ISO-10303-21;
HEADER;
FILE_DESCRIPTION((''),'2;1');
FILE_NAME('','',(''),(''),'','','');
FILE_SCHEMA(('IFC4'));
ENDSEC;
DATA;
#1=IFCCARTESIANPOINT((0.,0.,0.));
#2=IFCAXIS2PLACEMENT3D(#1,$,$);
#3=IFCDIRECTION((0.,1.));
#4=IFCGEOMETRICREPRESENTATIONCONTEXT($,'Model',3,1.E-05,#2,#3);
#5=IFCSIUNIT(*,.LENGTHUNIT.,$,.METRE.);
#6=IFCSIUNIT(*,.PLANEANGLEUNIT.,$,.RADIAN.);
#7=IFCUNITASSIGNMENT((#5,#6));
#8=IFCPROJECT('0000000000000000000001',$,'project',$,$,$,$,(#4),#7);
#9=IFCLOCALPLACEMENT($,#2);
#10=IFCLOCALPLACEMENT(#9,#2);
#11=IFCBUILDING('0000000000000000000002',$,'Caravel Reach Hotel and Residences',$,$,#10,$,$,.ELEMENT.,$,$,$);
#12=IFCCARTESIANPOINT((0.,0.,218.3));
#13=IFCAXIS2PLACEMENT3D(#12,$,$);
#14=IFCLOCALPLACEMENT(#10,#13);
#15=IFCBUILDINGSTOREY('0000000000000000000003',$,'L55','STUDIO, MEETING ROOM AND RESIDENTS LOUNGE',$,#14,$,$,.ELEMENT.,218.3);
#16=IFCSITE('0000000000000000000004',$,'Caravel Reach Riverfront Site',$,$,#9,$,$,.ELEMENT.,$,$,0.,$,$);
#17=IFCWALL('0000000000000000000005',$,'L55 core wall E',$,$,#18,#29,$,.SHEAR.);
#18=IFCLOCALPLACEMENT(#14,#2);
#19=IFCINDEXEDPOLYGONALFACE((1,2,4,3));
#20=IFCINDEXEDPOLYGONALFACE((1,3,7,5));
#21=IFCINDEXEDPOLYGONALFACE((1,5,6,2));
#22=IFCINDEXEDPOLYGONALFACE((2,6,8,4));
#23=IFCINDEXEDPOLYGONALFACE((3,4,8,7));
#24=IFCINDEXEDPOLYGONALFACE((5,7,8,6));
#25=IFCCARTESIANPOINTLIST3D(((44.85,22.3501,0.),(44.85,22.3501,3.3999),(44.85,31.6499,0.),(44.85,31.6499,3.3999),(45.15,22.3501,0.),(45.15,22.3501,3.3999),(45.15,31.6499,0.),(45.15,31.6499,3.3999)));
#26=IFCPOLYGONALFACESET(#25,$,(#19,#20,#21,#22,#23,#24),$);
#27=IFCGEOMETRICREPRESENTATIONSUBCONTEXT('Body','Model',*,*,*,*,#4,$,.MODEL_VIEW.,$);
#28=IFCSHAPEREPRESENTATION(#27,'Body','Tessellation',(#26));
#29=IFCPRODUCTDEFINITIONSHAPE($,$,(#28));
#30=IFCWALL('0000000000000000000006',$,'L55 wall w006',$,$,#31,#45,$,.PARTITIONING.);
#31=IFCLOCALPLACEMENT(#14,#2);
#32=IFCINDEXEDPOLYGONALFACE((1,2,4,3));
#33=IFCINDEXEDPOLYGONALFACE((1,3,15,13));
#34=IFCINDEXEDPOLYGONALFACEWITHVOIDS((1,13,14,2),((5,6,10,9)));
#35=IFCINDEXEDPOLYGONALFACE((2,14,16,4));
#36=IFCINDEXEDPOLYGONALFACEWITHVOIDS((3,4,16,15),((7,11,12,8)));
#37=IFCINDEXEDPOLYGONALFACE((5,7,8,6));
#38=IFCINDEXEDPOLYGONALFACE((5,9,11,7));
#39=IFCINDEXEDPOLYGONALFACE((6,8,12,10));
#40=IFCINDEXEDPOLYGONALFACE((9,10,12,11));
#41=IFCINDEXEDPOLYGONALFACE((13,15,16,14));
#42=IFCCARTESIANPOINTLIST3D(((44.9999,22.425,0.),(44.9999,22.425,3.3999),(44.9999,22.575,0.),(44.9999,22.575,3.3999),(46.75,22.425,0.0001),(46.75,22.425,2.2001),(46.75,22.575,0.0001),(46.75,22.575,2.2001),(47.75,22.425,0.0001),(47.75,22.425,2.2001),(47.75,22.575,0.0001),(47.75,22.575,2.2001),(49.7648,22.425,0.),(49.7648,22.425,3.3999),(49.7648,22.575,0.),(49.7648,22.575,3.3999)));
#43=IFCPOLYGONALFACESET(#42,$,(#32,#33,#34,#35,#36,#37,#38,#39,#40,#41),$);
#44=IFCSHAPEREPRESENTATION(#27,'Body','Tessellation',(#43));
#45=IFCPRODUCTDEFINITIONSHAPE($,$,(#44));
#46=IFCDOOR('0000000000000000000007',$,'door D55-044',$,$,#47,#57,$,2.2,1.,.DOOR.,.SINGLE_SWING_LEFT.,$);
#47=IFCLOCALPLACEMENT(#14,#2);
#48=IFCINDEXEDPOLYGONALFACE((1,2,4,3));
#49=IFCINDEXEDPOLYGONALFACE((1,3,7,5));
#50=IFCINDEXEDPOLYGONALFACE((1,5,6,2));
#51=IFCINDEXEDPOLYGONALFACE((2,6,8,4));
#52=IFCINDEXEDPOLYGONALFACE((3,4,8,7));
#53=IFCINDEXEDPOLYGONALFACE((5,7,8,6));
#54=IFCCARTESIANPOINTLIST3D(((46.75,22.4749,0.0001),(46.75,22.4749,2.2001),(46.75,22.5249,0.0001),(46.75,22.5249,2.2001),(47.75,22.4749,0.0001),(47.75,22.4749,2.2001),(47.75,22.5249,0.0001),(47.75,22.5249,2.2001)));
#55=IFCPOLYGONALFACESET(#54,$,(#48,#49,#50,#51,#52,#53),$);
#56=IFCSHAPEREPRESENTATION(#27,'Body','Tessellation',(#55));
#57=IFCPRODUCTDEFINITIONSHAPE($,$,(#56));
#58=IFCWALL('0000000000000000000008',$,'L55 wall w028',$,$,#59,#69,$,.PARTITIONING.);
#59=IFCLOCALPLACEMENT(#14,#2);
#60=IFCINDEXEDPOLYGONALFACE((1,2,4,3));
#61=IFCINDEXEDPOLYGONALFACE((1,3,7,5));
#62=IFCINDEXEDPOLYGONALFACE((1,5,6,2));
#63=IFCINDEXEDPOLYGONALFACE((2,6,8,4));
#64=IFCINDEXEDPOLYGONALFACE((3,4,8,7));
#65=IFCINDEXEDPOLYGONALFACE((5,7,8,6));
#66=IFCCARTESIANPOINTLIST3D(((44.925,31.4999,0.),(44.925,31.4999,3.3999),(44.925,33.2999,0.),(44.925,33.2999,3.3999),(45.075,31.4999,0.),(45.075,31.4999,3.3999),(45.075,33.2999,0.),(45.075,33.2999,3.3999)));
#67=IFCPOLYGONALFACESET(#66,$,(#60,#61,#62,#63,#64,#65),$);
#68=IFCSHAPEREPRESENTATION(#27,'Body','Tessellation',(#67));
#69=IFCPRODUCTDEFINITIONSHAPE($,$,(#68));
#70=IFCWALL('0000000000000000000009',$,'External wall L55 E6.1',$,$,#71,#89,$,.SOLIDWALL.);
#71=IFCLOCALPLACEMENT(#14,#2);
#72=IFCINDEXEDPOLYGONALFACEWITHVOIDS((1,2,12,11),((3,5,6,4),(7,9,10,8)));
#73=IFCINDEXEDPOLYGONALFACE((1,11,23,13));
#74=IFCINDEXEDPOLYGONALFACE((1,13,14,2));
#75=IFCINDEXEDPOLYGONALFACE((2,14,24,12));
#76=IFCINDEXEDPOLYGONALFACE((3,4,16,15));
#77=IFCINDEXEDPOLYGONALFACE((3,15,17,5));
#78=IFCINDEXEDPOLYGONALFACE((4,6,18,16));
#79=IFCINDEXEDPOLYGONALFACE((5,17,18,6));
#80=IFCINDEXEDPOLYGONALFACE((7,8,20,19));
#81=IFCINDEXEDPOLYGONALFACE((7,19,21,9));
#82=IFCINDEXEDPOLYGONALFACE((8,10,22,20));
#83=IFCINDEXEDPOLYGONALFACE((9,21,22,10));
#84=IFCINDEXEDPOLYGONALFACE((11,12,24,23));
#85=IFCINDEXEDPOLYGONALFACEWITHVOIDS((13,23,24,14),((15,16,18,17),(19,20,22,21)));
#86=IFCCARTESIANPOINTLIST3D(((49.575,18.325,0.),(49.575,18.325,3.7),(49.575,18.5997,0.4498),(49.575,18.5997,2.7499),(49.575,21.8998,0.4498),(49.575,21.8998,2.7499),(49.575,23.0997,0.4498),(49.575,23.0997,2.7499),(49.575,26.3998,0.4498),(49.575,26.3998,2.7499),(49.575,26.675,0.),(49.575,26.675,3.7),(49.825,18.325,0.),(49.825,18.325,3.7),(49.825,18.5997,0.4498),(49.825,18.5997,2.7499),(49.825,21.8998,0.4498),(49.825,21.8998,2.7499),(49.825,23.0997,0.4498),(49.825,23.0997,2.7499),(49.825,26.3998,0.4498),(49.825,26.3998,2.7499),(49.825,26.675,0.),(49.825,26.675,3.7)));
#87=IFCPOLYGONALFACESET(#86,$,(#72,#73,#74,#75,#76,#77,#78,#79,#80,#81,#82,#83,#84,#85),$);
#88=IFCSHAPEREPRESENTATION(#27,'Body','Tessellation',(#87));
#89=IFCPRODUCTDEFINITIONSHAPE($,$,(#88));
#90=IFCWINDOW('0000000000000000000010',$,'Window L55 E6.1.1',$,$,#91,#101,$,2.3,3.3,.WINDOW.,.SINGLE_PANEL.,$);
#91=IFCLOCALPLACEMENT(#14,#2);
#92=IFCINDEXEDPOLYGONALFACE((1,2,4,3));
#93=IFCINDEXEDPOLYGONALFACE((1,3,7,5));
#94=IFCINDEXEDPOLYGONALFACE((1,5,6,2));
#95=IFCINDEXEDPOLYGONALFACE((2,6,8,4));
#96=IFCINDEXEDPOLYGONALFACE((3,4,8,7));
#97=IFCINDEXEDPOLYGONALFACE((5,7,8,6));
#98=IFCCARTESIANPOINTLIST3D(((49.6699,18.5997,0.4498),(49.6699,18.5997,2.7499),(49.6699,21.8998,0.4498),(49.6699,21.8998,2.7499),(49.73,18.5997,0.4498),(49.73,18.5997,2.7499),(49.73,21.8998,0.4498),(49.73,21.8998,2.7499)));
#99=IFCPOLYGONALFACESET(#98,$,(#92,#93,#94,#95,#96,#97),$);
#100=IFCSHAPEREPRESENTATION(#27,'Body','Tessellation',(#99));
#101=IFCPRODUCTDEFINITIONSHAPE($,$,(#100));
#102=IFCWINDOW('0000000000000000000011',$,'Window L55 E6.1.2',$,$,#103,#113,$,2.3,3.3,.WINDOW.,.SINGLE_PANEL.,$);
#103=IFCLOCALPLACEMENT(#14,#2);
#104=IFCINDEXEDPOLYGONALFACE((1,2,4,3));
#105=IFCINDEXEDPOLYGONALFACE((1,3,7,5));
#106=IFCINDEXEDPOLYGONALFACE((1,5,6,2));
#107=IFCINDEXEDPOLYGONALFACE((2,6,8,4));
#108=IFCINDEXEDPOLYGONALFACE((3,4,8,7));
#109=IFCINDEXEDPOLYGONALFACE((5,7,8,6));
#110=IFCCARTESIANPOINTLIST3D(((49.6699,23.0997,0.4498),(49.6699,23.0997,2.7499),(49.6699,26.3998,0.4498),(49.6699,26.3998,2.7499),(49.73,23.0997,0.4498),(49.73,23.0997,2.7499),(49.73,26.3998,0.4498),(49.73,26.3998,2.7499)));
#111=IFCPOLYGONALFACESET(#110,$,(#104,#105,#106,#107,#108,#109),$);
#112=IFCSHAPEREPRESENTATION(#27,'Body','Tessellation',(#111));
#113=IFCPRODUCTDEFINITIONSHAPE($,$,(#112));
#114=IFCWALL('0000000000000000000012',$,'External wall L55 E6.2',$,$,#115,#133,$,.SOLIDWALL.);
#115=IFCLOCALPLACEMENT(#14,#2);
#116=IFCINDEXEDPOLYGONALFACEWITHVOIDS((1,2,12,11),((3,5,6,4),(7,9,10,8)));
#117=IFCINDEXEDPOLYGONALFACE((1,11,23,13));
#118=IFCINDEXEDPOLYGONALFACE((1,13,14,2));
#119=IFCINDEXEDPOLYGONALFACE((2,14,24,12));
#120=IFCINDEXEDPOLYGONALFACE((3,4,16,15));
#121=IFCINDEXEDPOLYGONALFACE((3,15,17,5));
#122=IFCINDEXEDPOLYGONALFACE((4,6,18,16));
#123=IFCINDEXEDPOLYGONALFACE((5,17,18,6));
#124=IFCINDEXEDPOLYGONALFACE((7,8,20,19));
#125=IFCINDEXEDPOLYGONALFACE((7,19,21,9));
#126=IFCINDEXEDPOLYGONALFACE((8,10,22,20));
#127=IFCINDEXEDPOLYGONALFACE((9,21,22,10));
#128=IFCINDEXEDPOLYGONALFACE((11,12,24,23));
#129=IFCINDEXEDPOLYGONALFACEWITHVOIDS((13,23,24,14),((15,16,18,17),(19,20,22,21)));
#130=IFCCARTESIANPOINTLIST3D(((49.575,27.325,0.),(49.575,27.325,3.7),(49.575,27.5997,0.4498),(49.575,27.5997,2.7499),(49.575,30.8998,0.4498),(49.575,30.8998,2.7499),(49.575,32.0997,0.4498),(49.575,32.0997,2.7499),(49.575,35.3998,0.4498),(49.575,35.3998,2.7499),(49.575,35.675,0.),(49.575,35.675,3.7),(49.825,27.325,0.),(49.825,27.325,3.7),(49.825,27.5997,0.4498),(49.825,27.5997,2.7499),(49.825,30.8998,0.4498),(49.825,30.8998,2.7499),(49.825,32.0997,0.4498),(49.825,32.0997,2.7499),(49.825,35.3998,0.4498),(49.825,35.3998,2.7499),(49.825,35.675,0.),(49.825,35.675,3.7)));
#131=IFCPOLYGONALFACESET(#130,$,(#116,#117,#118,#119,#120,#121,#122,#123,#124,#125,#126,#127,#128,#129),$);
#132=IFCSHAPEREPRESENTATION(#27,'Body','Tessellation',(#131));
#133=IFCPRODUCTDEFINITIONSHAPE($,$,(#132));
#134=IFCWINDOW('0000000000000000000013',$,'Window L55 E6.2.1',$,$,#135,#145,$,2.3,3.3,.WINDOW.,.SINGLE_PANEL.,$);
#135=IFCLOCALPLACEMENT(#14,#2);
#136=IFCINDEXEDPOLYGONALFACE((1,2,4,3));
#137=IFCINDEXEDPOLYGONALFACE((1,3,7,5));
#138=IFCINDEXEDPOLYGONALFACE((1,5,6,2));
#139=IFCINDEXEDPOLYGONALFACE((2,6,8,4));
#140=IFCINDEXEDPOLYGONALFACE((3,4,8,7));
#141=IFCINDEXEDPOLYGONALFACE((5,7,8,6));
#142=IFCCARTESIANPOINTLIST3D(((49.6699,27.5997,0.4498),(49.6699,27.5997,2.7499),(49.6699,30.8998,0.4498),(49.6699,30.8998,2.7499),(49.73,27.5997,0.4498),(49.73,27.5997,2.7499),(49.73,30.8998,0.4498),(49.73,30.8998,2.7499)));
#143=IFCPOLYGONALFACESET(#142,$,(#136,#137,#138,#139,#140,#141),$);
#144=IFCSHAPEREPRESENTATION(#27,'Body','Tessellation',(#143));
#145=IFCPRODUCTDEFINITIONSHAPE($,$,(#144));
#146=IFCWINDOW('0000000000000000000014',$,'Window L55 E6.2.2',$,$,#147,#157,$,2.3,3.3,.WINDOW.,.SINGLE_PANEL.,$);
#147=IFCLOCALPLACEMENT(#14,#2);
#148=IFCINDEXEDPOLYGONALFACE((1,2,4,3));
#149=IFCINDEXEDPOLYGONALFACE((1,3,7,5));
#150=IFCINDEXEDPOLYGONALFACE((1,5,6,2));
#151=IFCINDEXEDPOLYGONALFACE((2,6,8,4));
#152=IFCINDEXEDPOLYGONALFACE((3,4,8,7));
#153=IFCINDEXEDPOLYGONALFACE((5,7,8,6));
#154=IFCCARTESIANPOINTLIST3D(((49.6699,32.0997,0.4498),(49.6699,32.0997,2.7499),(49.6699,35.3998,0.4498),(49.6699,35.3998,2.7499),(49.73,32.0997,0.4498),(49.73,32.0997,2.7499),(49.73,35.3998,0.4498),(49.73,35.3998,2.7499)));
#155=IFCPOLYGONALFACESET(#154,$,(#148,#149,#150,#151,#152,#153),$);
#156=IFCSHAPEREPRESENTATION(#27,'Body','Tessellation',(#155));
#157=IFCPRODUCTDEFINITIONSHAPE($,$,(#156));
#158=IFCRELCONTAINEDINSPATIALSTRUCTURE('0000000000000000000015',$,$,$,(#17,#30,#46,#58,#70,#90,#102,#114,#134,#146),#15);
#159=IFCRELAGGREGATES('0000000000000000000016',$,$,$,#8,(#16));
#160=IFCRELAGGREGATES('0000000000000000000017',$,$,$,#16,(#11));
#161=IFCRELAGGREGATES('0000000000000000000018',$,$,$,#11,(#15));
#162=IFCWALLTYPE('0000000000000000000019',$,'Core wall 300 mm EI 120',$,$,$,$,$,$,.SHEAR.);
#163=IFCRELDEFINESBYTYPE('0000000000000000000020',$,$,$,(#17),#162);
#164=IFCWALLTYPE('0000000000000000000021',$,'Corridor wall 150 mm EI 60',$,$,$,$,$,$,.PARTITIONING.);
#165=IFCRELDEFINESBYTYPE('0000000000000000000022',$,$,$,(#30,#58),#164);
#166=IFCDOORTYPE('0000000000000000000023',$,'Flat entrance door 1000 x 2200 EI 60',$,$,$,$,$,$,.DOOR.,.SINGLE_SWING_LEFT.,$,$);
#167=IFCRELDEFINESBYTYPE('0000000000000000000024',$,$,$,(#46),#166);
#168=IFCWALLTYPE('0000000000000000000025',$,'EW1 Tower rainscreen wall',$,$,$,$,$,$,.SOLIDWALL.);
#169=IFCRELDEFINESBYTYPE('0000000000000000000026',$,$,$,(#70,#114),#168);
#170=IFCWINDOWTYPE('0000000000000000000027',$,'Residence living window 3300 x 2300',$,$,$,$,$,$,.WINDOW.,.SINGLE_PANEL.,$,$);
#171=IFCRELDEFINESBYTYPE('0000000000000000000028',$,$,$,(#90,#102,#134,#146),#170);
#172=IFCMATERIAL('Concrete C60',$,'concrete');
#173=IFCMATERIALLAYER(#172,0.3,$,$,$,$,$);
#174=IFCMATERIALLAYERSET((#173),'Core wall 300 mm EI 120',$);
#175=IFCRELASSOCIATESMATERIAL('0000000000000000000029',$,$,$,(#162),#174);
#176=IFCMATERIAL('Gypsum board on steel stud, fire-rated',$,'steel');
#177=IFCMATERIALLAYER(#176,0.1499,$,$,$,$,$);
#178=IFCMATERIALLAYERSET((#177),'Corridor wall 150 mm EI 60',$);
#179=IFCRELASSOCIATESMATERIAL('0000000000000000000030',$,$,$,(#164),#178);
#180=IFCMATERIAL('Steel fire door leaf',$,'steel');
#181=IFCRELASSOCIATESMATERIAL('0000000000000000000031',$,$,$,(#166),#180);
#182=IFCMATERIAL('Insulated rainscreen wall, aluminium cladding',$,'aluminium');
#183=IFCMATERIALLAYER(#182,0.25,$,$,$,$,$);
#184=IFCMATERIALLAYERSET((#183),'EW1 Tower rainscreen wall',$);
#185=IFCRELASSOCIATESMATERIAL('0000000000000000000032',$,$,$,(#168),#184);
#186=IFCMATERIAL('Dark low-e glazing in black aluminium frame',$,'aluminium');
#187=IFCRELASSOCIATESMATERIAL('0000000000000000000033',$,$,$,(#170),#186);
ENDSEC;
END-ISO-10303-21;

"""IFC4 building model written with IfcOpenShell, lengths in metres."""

from ifc_helpers import new_model, si_unit, direction, frame, frame_2d, origin, place, context, subcontext, project, spatial, rectangle, extrude, material, layer, layer_set, type_object, element, fill, save


model = new_model("IFC4")

# Units and contexts
model_context = context("Model", 3, precision=1e-05, world=origin(), true_north=direction((0.0, 1.0)))
body_context = subcontext(model_context, "Body", "Model", "MODEL_VIEW")
ifc_project = project(units=[si_unit("LENGTHUNIT", "METRE"), si_unit("PLANEANGLEUNIT", "RADIAN")], contexts=[model_context])

# Site, building, storey
site_placement = place(None, origin())
site = spatial("IfcSite", under=ifc_project, at=site_placement, Name="Caravel Reach Riverfront Site", CompositionType="ELEMENT", RefElevation=0.0)
building_placement = place(site_placement, origin())
building = spatial("IfcBuilding", under=site, at=building_placement, Name="Caravel Reach Hotel and Residences", CompositionType="ELEMENT")
storey_placement = place(building_placement, frame((0.0, 0.0, 218.3)))
storey = spatial("IfcBuildingStorey", under=building, at=storey_placement, Name="L55", Description="STUDIO, MEETING ROOM AND RESIDENTS LOUNGE", CompositionType="ELEMENT", Elevation=218.3)

# Wall
ifc_material_1 = material(Name="Concrete C60", Category="concrete")
ifc_layer_1 = layer(ifc_material_1, 0.3)
ifc_layer_set_1 = layer_set([ifc_layer_1], Name="Core wall 300 mm EI 120")
wall_type_1 = type_object("IfcWallType", Name="Core wall 300 mm EI 120", PredefinedType="SHEAR", material=ifc_layer_set_1)
wall_1_placement = place(storey_placement, frame((45.0, 22.3501, 0.0), z_axis=(0.0, 0.0, 1.0), x_axis=(0.0, 1.0, 0.0)))
element("IfcWall", 1, at=wall_1_placement, inside=storey, type_object=wall_type_1, Name="L55 core wall E", PredefinedType="SHEAR", context=body_context, shape_type="SweptSolid", body=[
    extrude(rectangle(XDim=9.2998, YDim=0.3, at=frame_2d((4.6499, 0.0))), origin(), (0.0, 0.0, 1.0), 3.3999),
])

# Wall, opening, door
ifc_material_2 = material(Name="Gypsum board on steel stud, fire-rated", Category="steel")
ifc_layer_2 = layer(ifc_material_2, 0.1499)
ifc_layer_set_2 = layer_set([ifc_layer_2], Name="Corridor wall 150 mm EI 60")
wall_type_2 = type_object("IfcWallType", Name="Corridor wall 150 mm EI 60", PredefinedType="PARTITIONING", material=ifc_layer_set_2)
wall_2_placement = place(storey_placement, frame((45.0, 22.5, 0.0), z_axis=(0.0, 0.0, 1.0), x_axis=(1.0, 0.0, 0.0)))
wall_2 = element("IfcWall", 2, at=wall_2_placement, inside=storey, type_object=wall_type_2, Name="L55 wall w006", PredefinedType="PARTITIONING", context=body_context, shape_type="SweptSolid", body=[
    extrude(rectangle(XDim=4.7649, YDim=0.1499, at=frame_2d((2.3823, 0.0))), origin(), (0.0, 0.0, 1.0), 3.3999),
])
opening_1_placement = place(wall_2_placement, frame((1.75, 0.0, 0.0)))
opening_1 = element("IfcOpeningElement", 3, at=opening_1_placement, cuts=wall_2, PredefinedType="OPENING", context=body_context, shape_type="SweptSolid", body=[
    extrude(rectangle(XDim=1.0, YDim=2.2, at=frame_2d((0.5, 1.1001))), frame((0.0, 0.085, 0.0), z_axis=(0.0, -1.0, 0.0), x_axis=(1.0, 0.0, 0.0)), (0.0, 0.0, 1.0), 0.1699),
])
ifc_material_3 = material(Name="Steel fire door leaf", Category="steel")
door_type_1 = type_object("IfcDoorType", Name="Flat entrance door 1000 x 2200 EI 60", OperationType="SINGLE_SWING_LEFT", PredefinedType="DOOR", material=ifc_material_3)
door_1_placement = place(opening_1_placement, origin())
door_1 = element("IfcDoor", 4, at=door_1_placement, inside=storey, type_object=door_type_1, Name="door D55-044", OperationType="SINGLE_SWING_LEFT", OverallHeight=2.2, OverallWidth=1.0, PredefinedType="DOOR", context=body_context, shape_type="SweptSolid", body=[
    extrude(rectangle(XDim=1.0, YDim=2.2, at=frame_2d((0.5, 1.1001))), frame((0.0, 0.0249, 0.0), z_axis=(0.0, -1.0, 0.0), x_axis=(1.0, 0.0, 0.0)), (0.0, 0.0, 1.0), 0.05),
])
fill(opening_1, door_1)

# Wall
wall_3_placement = place(storey_placement, frame((45.0, 31.5, 0.0), z_axis=(0.0, 0.0, 1.0), x_axis=(0.0, 1.0, 0.0)))
element("IfcWall", 5, at=wall_3_placement, inside=storey, type_object=wall_type_2, Name="L55 wall w028", PredefinedType="PARTITIONING", context=body_context, shape_type="SweptSolid", body=[
    extrude(rectangle(XDim=1.8, YDim=0.1499, at=frame_2d((0.8999, 0.0))), origin(), (0.0, 0.0, 1.0), 3.3999),
])

# Walls, openings, windows
ifc_material_4 = material(Name="Insulated rainscreen wall, aluminium cladding", Category="aluminium")
ifc_layer_3 = layer(ifc_material_4, 0.25)
ifc_layer_set_3 = layer_set([ifc_layer_3], Name="EW1 Tower rainscreen wall")
wall_type_3 = type_object("IfcWallType", Name="EW1 Tower rainscreen wall", PredefinedType="SOLIDWALL", material=ifc_layer_set_3)
wall_4_placement = place(storey_placement, frame((49.7, 18.325, 0.0), z_axis=(0.0, 0.0, 1.0), x_axis=(0.0, 1.0, 0.0)))
wall_4 = element("IfcWall", 6, at=wall_4_placement, inside=storey, type_object=wall_type_3, Name="External wall L55 E6.1", PredefinedType="SOLIDWALL", context=body_context, shape_type="SweptSolid", body=[
    extrude(rectangle(XDim=8.3501, YDim=0.25, at=frame_2d((4.175, 0.0))), origin(), (0.0, 0.0, 1.0), 3.7),
])
opening_2_placement = place(wall_4_placement, frame((0.2749, 0.0, 0.45)))
opening_2 = element("IfcOpeningElement", 7, at=opening_2_placement, cuts=wall_4, PredefinedType="OPENING", context=body_context, shape_type="SweptSolid", body=[
    extrude(rectangle(XDim=3.3, YDim=2.3, at=frame_2d((1.6499, 1.1499))), frame((0.0, 0.135, 0.0), z_axis=(0.0, -1.0, 0.0), x_axis=(1.0, 0.0, 0.0)), (0.0, 0.0, 1.0), 0.27),
])
opening_3_placement = place(wall_4_placement, frame((4.7749, 0.0, 0.45)))
opening_3 = element("IfcOpeningElement", 8, at=opening_3_placement, cuts=wall_4, PredefinedType="OPENING", context=body_context, shape_type="SweptSolid", body=[
    extrude(rectangle(XDim=3.3, YDim=2.3, at=frame_2d((1.6499, 1.1499))), frame((0.0, 0.135, 0.0), z_axis=(0.0, -1.0, 0.0), x_axis=(1.0, 0.0, 0.0)), (0.0, 0.0, 1.0), 0.27),
])
ifc_material_5 = material(Name="Dark low-e glazing in black aluminium frame", Category="aluminium")
window_type = type_object("IfcWindowType", Name="Residence living window 3300 x 2300", PartitioningType="SINGLE_PANEL", PredefinedType="WINDOW", material=ifc_material_5)
window_1_placement = place(opening_2_placement, origin())
window_1 = element("IfcWindow", 9, at=window_1_placement, inside=storey, type_object=window_type, Name="Window L55 E6.1.1", OverallHeight=2.3, OverallWidth=3.3, PartitioningType="SINGLE_PANEL", PredefinedType="WINDOW", context=body_context, shape_type="SweptSolid", body=[
    extrude(rectangle(XDim=3.3, YDim=2.3, at=frame_2d((1.6499, 1.1499))), frame((0.0, 0.03, 0.0), z_axis=(0.0, -1.0, 0.0), x_axis=(1.0, 0.0, 0.0)), (0.0, 0.0, 1.0), 0.0601),
])
fill(opening_2, window_1)
window_2_placement = place(opening_3_placement, origin())
window_2 = element("IfcWindow", 10, at=window_2_placement, inside=storey, type_object=window_type, Name="Window L55 E6.1.2", OverallHeight=2.3, OverallWidth=3.3, PartitioningType="SINGLE_PANEL", PredefinedType="WINDOW", context=body_context, shape_type="SweptSolid", body=[
    extrude(rectangle(XDim=3.3, YDim=2.3, at=frame_2d((1.6499, 1.1499))), frame((0.0, 0.03, 0.0), z_axis=(0.0, -1.0, 0.0), x_axis=(1.0, 0.0, 0.0)), (0.0, 0.0, 1.0), 0.0601),
])
fill(opening_3, window_2)
wall_5_placement = place(storey_placement, frame((49.7, 27.325, 0.0), z_axis=(0.0, 0.0, 1.0), x_axis=(0.0, 1.0, 0.0)))
wall_5 = element("IfcWall", 11, at=wall_5_placement, inside=storey, type_object=wall_type_3, Name="External wall L55 E6.2", PredefinedType="SOLIDWALL", context=body_context, shape_type="SweptSolid", body=[
    extrude(rectangle(XDim=8.3501, YDim=0.25, at=frame_2d((4.175, 0.0))), origin(), (0.0, 0.0, 1.0), 3.7),
])
opening_4_placement = place(wall_5_placement, frame((0.2749, 0.0, 0.45)))
opening_4 = element("IfcOpeningElement", 12, at=opening_4_placement, cuts=wall_5, PredefinedType="OPENING", context=body_context, shape_type="SweptSolid", body=[
    extrude(rectangle(XDim=3.3, YDim=2.3, at=frame_2d((1.6499, 1.1499))), frame((0.0, 0.135, 0.0), z_axis=(0.0, -1.0, 0.0), x_axis=(1.0, 0.0, 0.0)), (0.0, 0.0, 1.0), 0.27),
])
opening_5_placement = place(wall_5_placement, frame((4.7749, 0.0, 0.45)))
opening_5 = element("IfcOpeningElement", 13, at=opening_5_placement, cuts=wall_5, PredefinedType="OPENING", context=body_context, shape_type="SweptSolid", body=[
    extrude(rectangle(XDim=3.3, YDim=2.3, at=frame_2d((1.6499, 1.1499))), frame((0.0, 0.135, 0.0), z_axis=(0.0, -1.0, 0.0), x_axis=(1.0, 0.0, 0.0)), (0.0, 0.0, 1.0), 0.27),
])
window_3_placement = place(opening_4_placement, origin())
window_3 = element("IfcWindow", 14, at=window_3_placement, inside=storey, type_object=window_type, Name="Window L55 E6.2.1", OverallHeight=2.3, OverallWidth=3.3, PartitioningType="SINGLE_PANEL", PredefinedType="WINDOW", context=body_context, shape_type="SweptSolid", body=[
    extrude(rectangle(XDim=3.3, YDim=2.3, at=frame_2d((1.6499, 1.1499))), frame((0.0, 0.03, 0.0), z_axis=(0.0, -1.0, 0.0), x_axis=(1.0, 0.0, 0.0)), (0.0, 0.0, 1.0), 0.0601),
])
fill(opening_4, window_3)
window_4_placement = place(opening_5_placement, origin())
window_4 = element("IfcWindow", 15, at=window_4_placement, inside=storey, type_object=window_type, Name="Window L55 E6.2.2", OverallHeight=2.3, OverallWidth=3.3, PartitioningType="SINGLE_PANEL", PredefinedType="WINDOW", context=body_context, shape_type="SweptSolid", body=[
    extrude(rectangle(XDim=3.3, YDim=2.3, at=frame_2d((1.6499, 1.1499))), frame((0.0, 0.03, 0.0), z_axis=(0.0, -1.0, 0.0), x_axis=(1.0, 0.0, 0.0)), (0.0, 0.0, 1.0), 0.0601),
])
fill(opening_5, window_4)

save(model, "model.ifc")
